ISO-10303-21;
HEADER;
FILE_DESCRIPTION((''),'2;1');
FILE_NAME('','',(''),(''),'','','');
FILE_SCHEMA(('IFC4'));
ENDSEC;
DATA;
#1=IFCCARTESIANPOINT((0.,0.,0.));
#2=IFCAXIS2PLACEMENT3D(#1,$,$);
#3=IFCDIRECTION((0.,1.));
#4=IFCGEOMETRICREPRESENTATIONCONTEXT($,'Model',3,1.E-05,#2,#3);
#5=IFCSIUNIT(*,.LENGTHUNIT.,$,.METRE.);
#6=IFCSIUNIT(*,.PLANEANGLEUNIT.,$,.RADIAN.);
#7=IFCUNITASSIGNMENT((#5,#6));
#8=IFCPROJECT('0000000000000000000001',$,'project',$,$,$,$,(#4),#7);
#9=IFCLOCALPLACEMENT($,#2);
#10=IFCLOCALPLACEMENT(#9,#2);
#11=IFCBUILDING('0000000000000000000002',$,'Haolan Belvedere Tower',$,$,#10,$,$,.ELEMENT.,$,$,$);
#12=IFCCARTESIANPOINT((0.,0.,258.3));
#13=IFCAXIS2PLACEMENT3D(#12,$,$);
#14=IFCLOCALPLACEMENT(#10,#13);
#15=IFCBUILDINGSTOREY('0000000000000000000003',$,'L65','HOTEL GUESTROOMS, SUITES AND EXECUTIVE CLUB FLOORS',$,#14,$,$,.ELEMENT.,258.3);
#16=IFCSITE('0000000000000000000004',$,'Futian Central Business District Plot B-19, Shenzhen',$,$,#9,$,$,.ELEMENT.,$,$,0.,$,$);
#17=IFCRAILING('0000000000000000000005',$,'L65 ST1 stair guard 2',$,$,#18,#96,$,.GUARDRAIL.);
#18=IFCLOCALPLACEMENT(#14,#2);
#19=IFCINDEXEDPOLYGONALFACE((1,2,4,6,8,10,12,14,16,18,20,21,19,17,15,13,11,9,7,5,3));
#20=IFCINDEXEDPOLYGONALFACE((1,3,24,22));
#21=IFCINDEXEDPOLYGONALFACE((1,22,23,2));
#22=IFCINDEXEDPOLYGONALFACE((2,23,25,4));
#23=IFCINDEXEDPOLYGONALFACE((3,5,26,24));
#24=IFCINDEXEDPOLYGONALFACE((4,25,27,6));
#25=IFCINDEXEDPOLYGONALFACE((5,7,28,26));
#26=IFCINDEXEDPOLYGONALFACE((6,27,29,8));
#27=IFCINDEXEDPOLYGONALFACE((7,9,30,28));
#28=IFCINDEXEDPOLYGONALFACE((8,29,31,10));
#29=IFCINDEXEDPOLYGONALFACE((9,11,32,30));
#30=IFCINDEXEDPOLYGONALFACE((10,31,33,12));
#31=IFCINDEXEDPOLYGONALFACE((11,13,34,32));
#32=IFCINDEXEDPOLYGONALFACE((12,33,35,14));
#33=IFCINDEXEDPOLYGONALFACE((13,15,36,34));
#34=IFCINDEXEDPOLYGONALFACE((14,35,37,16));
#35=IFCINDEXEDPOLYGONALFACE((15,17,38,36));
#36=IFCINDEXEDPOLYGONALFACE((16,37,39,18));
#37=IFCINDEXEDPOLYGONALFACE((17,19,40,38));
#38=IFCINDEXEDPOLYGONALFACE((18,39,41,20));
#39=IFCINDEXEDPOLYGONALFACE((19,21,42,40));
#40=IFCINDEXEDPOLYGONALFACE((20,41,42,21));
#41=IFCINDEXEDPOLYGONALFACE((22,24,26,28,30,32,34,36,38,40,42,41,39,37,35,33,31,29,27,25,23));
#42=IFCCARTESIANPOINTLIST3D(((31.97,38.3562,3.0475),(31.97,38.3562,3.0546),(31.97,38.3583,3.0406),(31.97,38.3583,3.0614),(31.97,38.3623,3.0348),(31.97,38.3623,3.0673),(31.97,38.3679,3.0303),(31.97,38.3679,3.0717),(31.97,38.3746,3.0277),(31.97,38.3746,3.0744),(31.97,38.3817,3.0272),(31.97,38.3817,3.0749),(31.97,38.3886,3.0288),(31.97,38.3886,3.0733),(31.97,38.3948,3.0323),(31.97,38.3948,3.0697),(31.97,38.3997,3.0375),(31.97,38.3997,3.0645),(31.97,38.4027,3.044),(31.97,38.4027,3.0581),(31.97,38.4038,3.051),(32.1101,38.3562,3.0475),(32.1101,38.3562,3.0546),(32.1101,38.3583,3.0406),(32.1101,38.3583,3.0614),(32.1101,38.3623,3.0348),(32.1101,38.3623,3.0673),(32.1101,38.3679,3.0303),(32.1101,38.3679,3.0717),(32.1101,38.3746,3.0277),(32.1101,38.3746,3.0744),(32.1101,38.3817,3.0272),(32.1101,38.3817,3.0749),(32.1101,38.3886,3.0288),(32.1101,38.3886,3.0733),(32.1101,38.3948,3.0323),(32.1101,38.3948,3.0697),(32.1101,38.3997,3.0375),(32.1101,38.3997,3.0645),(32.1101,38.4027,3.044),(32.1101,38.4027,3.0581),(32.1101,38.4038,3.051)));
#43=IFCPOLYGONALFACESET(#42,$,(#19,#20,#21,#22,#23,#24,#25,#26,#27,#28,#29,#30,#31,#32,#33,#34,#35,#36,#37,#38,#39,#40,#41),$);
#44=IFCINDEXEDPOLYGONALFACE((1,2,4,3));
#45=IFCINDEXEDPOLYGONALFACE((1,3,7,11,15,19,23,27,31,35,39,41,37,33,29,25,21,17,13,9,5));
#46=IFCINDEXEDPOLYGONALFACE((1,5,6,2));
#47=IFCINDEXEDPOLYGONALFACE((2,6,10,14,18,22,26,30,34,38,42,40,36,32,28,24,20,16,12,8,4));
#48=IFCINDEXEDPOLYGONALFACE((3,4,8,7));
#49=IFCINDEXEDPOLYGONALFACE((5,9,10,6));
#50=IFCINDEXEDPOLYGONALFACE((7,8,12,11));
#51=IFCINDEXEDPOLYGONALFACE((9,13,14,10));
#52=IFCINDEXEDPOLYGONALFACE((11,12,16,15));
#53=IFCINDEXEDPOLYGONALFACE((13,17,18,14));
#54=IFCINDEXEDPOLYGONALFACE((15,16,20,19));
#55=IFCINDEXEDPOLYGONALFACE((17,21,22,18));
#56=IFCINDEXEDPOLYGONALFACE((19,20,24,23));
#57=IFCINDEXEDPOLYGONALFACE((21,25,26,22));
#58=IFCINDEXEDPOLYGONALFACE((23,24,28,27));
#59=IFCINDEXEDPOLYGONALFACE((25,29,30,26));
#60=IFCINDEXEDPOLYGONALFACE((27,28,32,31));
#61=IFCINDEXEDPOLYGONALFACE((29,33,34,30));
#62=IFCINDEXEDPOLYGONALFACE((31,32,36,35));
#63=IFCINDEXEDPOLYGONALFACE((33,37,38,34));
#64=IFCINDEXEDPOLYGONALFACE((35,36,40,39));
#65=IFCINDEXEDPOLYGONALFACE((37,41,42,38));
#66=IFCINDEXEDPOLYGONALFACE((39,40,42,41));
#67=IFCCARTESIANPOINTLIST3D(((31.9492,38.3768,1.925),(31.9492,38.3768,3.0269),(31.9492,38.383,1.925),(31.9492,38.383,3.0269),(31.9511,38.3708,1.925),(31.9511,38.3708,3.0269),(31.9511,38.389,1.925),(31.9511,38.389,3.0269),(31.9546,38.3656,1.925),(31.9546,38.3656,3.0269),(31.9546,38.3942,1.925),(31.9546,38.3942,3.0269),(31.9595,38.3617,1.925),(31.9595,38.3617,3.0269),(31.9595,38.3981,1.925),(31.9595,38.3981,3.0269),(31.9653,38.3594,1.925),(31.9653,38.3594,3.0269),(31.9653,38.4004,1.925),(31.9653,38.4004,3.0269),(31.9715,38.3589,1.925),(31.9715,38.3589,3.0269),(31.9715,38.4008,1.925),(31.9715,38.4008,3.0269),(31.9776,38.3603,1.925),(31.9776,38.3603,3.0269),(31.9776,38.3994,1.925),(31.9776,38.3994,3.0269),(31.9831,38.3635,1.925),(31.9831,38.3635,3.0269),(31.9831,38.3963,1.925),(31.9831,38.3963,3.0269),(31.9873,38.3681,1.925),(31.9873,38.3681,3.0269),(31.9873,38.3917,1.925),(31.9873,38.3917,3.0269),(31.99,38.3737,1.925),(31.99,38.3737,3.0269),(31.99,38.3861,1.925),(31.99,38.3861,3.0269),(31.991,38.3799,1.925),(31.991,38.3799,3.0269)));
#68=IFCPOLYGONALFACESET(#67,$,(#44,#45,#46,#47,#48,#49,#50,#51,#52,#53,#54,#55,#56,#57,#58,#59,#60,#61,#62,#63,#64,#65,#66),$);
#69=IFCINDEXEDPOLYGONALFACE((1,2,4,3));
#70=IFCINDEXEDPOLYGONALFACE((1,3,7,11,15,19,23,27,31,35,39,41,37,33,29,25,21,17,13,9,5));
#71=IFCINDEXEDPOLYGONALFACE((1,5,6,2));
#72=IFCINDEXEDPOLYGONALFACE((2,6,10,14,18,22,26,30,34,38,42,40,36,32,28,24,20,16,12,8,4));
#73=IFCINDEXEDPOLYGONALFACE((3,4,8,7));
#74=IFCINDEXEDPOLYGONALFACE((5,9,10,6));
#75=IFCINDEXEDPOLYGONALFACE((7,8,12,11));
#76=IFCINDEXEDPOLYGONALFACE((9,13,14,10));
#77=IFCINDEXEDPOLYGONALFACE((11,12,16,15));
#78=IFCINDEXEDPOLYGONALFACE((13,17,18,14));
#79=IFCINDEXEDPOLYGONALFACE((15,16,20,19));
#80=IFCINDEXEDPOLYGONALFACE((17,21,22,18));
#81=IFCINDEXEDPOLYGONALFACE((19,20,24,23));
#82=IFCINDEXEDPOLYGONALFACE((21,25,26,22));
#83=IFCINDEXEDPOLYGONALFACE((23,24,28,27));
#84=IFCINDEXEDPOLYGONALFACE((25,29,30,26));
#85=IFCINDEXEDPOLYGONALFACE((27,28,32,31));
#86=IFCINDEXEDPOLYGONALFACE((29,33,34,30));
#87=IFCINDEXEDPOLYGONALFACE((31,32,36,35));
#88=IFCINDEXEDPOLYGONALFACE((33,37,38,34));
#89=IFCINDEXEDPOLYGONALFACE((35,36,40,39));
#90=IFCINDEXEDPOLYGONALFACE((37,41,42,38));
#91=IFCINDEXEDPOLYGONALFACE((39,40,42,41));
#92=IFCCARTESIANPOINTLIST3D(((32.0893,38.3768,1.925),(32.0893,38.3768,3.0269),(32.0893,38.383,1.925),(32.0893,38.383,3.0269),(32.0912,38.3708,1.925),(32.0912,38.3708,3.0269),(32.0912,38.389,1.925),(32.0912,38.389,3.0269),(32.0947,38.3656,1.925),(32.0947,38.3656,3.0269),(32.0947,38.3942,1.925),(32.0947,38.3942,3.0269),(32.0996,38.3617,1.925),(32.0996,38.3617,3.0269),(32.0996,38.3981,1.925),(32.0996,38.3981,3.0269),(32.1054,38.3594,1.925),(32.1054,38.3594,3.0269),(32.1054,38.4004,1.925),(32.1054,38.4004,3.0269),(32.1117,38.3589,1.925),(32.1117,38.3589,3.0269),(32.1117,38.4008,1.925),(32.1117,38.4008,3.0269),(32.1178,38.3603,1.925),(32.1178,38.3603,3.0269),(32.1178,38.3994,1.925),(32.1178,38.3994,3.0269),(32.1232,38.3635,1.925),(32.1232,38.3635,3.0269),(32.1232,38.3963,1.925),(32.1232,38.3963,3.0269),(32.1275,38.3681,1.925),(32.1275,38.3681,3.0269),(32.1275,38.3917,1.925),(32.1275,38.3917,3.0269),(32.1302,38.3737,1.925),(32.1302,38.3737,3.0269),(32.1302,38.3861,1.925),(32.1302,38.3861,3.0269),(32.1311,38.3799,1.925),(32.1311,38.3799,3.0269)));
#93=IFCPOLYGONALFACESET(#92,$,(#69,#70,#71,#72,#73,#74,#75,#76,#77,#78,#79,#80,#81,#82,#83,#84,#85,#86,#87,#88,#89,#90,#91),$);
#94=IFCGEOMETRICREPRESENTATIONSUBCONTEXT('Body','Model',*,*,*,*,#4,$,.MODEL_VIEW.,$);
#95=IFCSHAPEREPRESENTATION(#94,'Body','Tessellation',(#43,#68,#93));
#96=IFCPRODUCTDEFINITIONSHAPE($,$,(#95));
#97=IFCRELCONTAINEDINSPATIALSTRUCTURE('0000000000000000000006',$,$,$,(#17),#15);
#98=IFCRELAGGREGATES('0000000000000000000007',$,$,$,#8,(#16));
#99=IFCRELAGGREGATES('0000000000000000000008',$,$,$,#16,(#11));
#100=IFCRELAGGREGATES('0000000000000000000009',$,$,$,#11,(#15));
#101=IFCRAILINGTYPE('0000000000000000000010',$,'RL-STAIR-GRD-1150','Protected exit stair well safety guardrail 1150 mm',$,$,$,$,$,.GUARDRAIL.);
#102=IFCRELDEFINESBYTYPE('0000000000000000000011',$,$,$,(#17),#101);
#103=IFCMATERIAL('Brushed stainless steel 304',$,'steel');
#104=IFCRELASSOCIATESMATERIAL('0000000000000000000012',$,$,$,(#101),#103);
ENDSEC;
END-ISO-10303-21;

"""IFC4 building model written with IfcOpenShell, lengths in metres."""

from ifc_helpers import new_model, si_unit, direction, frame, origin, origin_2d, place, context, subcontext, project, spatial, circle, extrude, material, type_object, element, save


model = new_model("IFC4")

# Units and contexts
model_context = context("Model", 3, precision=1e-05, world=origin(), true_north=direction((0.0, 1.0)))
body_context = subcontext(model_context, "Body", "Model", "MODEL_VIEW")
ifc_project = project(units=[si_unit("LENGTHUNIT", "METRE"), si_unit("PLANEANGLEUNIT", "RADIAN")], contexts=[model_context])

# Site, building, storey
site_placement = place(None, origin())
site = spatial("IfcSite", under=ifc_project, at=site_placement, Name="Futian Central Business District Plot B-19, Shenzhen", CompositionType="ELEMENT", RefElevation=0.0)
building_placement = place(site_placement, origin())
building = spatial("IfcBuilding", under=site, at=building_placement, Name="Haolan Belvedere Tower", CompositionType="ELEMENT")
storey_placement = place(building_placement, frame((0.0, 0.0, 258.3)))
storey = spatial("IfcBuildingStorey", under=building, at=storey_placement, Name="L65", Description="HOTEL GUESTROOMS, SUITES AND EXECUTIVE CLUB FLOORS", CompositionType="ELEMENT", Elevation=258.3)

# Railing
ifc_material_1 = material(Name="Brushed stainless steel 304", Category="steel")
railing_type_1 = type_object("IfcRailingType", Name="RL-STAIR-GRD-1150", Description="Protected exit stair well safety guardrail 1150 mm", PredefinedType="GUARDRAIL", material=ifc_material_1)
railing_1_placement = place(storey_placement, frame((31.97, 38.3799, 1.925)))
element("IfcRailing", 1, at=railing_1_placement, inside=storey, type_object=railing_type_1, Name="L65 ST1 stair guard 2", PredefinedType="GUARDRAIL", context=body_context, shape_type="SweptSolid", body=[
    extrude(circle(Radius=0.0239, at=origin_2d()), frame((0.0, 0.0, 1.126), z_axis=(1.0, 0.0, 0.0), x_axis=(0.0, 1.0, 0.0)), (0.0, 0.0, 1.0), 0.1401),
    extrude(circle(Radius=0.021, at=origin_2d()), origin(), (0.0, 0.0, 1.0), 1.1018),
    extrude(circle(Radius=0.021, at=origin_2d()), frame((0.1401, 0.0, 0.0)), (0.0, 0.0, 1.0), 1.1018),
])

save(model, "model.ifc")
